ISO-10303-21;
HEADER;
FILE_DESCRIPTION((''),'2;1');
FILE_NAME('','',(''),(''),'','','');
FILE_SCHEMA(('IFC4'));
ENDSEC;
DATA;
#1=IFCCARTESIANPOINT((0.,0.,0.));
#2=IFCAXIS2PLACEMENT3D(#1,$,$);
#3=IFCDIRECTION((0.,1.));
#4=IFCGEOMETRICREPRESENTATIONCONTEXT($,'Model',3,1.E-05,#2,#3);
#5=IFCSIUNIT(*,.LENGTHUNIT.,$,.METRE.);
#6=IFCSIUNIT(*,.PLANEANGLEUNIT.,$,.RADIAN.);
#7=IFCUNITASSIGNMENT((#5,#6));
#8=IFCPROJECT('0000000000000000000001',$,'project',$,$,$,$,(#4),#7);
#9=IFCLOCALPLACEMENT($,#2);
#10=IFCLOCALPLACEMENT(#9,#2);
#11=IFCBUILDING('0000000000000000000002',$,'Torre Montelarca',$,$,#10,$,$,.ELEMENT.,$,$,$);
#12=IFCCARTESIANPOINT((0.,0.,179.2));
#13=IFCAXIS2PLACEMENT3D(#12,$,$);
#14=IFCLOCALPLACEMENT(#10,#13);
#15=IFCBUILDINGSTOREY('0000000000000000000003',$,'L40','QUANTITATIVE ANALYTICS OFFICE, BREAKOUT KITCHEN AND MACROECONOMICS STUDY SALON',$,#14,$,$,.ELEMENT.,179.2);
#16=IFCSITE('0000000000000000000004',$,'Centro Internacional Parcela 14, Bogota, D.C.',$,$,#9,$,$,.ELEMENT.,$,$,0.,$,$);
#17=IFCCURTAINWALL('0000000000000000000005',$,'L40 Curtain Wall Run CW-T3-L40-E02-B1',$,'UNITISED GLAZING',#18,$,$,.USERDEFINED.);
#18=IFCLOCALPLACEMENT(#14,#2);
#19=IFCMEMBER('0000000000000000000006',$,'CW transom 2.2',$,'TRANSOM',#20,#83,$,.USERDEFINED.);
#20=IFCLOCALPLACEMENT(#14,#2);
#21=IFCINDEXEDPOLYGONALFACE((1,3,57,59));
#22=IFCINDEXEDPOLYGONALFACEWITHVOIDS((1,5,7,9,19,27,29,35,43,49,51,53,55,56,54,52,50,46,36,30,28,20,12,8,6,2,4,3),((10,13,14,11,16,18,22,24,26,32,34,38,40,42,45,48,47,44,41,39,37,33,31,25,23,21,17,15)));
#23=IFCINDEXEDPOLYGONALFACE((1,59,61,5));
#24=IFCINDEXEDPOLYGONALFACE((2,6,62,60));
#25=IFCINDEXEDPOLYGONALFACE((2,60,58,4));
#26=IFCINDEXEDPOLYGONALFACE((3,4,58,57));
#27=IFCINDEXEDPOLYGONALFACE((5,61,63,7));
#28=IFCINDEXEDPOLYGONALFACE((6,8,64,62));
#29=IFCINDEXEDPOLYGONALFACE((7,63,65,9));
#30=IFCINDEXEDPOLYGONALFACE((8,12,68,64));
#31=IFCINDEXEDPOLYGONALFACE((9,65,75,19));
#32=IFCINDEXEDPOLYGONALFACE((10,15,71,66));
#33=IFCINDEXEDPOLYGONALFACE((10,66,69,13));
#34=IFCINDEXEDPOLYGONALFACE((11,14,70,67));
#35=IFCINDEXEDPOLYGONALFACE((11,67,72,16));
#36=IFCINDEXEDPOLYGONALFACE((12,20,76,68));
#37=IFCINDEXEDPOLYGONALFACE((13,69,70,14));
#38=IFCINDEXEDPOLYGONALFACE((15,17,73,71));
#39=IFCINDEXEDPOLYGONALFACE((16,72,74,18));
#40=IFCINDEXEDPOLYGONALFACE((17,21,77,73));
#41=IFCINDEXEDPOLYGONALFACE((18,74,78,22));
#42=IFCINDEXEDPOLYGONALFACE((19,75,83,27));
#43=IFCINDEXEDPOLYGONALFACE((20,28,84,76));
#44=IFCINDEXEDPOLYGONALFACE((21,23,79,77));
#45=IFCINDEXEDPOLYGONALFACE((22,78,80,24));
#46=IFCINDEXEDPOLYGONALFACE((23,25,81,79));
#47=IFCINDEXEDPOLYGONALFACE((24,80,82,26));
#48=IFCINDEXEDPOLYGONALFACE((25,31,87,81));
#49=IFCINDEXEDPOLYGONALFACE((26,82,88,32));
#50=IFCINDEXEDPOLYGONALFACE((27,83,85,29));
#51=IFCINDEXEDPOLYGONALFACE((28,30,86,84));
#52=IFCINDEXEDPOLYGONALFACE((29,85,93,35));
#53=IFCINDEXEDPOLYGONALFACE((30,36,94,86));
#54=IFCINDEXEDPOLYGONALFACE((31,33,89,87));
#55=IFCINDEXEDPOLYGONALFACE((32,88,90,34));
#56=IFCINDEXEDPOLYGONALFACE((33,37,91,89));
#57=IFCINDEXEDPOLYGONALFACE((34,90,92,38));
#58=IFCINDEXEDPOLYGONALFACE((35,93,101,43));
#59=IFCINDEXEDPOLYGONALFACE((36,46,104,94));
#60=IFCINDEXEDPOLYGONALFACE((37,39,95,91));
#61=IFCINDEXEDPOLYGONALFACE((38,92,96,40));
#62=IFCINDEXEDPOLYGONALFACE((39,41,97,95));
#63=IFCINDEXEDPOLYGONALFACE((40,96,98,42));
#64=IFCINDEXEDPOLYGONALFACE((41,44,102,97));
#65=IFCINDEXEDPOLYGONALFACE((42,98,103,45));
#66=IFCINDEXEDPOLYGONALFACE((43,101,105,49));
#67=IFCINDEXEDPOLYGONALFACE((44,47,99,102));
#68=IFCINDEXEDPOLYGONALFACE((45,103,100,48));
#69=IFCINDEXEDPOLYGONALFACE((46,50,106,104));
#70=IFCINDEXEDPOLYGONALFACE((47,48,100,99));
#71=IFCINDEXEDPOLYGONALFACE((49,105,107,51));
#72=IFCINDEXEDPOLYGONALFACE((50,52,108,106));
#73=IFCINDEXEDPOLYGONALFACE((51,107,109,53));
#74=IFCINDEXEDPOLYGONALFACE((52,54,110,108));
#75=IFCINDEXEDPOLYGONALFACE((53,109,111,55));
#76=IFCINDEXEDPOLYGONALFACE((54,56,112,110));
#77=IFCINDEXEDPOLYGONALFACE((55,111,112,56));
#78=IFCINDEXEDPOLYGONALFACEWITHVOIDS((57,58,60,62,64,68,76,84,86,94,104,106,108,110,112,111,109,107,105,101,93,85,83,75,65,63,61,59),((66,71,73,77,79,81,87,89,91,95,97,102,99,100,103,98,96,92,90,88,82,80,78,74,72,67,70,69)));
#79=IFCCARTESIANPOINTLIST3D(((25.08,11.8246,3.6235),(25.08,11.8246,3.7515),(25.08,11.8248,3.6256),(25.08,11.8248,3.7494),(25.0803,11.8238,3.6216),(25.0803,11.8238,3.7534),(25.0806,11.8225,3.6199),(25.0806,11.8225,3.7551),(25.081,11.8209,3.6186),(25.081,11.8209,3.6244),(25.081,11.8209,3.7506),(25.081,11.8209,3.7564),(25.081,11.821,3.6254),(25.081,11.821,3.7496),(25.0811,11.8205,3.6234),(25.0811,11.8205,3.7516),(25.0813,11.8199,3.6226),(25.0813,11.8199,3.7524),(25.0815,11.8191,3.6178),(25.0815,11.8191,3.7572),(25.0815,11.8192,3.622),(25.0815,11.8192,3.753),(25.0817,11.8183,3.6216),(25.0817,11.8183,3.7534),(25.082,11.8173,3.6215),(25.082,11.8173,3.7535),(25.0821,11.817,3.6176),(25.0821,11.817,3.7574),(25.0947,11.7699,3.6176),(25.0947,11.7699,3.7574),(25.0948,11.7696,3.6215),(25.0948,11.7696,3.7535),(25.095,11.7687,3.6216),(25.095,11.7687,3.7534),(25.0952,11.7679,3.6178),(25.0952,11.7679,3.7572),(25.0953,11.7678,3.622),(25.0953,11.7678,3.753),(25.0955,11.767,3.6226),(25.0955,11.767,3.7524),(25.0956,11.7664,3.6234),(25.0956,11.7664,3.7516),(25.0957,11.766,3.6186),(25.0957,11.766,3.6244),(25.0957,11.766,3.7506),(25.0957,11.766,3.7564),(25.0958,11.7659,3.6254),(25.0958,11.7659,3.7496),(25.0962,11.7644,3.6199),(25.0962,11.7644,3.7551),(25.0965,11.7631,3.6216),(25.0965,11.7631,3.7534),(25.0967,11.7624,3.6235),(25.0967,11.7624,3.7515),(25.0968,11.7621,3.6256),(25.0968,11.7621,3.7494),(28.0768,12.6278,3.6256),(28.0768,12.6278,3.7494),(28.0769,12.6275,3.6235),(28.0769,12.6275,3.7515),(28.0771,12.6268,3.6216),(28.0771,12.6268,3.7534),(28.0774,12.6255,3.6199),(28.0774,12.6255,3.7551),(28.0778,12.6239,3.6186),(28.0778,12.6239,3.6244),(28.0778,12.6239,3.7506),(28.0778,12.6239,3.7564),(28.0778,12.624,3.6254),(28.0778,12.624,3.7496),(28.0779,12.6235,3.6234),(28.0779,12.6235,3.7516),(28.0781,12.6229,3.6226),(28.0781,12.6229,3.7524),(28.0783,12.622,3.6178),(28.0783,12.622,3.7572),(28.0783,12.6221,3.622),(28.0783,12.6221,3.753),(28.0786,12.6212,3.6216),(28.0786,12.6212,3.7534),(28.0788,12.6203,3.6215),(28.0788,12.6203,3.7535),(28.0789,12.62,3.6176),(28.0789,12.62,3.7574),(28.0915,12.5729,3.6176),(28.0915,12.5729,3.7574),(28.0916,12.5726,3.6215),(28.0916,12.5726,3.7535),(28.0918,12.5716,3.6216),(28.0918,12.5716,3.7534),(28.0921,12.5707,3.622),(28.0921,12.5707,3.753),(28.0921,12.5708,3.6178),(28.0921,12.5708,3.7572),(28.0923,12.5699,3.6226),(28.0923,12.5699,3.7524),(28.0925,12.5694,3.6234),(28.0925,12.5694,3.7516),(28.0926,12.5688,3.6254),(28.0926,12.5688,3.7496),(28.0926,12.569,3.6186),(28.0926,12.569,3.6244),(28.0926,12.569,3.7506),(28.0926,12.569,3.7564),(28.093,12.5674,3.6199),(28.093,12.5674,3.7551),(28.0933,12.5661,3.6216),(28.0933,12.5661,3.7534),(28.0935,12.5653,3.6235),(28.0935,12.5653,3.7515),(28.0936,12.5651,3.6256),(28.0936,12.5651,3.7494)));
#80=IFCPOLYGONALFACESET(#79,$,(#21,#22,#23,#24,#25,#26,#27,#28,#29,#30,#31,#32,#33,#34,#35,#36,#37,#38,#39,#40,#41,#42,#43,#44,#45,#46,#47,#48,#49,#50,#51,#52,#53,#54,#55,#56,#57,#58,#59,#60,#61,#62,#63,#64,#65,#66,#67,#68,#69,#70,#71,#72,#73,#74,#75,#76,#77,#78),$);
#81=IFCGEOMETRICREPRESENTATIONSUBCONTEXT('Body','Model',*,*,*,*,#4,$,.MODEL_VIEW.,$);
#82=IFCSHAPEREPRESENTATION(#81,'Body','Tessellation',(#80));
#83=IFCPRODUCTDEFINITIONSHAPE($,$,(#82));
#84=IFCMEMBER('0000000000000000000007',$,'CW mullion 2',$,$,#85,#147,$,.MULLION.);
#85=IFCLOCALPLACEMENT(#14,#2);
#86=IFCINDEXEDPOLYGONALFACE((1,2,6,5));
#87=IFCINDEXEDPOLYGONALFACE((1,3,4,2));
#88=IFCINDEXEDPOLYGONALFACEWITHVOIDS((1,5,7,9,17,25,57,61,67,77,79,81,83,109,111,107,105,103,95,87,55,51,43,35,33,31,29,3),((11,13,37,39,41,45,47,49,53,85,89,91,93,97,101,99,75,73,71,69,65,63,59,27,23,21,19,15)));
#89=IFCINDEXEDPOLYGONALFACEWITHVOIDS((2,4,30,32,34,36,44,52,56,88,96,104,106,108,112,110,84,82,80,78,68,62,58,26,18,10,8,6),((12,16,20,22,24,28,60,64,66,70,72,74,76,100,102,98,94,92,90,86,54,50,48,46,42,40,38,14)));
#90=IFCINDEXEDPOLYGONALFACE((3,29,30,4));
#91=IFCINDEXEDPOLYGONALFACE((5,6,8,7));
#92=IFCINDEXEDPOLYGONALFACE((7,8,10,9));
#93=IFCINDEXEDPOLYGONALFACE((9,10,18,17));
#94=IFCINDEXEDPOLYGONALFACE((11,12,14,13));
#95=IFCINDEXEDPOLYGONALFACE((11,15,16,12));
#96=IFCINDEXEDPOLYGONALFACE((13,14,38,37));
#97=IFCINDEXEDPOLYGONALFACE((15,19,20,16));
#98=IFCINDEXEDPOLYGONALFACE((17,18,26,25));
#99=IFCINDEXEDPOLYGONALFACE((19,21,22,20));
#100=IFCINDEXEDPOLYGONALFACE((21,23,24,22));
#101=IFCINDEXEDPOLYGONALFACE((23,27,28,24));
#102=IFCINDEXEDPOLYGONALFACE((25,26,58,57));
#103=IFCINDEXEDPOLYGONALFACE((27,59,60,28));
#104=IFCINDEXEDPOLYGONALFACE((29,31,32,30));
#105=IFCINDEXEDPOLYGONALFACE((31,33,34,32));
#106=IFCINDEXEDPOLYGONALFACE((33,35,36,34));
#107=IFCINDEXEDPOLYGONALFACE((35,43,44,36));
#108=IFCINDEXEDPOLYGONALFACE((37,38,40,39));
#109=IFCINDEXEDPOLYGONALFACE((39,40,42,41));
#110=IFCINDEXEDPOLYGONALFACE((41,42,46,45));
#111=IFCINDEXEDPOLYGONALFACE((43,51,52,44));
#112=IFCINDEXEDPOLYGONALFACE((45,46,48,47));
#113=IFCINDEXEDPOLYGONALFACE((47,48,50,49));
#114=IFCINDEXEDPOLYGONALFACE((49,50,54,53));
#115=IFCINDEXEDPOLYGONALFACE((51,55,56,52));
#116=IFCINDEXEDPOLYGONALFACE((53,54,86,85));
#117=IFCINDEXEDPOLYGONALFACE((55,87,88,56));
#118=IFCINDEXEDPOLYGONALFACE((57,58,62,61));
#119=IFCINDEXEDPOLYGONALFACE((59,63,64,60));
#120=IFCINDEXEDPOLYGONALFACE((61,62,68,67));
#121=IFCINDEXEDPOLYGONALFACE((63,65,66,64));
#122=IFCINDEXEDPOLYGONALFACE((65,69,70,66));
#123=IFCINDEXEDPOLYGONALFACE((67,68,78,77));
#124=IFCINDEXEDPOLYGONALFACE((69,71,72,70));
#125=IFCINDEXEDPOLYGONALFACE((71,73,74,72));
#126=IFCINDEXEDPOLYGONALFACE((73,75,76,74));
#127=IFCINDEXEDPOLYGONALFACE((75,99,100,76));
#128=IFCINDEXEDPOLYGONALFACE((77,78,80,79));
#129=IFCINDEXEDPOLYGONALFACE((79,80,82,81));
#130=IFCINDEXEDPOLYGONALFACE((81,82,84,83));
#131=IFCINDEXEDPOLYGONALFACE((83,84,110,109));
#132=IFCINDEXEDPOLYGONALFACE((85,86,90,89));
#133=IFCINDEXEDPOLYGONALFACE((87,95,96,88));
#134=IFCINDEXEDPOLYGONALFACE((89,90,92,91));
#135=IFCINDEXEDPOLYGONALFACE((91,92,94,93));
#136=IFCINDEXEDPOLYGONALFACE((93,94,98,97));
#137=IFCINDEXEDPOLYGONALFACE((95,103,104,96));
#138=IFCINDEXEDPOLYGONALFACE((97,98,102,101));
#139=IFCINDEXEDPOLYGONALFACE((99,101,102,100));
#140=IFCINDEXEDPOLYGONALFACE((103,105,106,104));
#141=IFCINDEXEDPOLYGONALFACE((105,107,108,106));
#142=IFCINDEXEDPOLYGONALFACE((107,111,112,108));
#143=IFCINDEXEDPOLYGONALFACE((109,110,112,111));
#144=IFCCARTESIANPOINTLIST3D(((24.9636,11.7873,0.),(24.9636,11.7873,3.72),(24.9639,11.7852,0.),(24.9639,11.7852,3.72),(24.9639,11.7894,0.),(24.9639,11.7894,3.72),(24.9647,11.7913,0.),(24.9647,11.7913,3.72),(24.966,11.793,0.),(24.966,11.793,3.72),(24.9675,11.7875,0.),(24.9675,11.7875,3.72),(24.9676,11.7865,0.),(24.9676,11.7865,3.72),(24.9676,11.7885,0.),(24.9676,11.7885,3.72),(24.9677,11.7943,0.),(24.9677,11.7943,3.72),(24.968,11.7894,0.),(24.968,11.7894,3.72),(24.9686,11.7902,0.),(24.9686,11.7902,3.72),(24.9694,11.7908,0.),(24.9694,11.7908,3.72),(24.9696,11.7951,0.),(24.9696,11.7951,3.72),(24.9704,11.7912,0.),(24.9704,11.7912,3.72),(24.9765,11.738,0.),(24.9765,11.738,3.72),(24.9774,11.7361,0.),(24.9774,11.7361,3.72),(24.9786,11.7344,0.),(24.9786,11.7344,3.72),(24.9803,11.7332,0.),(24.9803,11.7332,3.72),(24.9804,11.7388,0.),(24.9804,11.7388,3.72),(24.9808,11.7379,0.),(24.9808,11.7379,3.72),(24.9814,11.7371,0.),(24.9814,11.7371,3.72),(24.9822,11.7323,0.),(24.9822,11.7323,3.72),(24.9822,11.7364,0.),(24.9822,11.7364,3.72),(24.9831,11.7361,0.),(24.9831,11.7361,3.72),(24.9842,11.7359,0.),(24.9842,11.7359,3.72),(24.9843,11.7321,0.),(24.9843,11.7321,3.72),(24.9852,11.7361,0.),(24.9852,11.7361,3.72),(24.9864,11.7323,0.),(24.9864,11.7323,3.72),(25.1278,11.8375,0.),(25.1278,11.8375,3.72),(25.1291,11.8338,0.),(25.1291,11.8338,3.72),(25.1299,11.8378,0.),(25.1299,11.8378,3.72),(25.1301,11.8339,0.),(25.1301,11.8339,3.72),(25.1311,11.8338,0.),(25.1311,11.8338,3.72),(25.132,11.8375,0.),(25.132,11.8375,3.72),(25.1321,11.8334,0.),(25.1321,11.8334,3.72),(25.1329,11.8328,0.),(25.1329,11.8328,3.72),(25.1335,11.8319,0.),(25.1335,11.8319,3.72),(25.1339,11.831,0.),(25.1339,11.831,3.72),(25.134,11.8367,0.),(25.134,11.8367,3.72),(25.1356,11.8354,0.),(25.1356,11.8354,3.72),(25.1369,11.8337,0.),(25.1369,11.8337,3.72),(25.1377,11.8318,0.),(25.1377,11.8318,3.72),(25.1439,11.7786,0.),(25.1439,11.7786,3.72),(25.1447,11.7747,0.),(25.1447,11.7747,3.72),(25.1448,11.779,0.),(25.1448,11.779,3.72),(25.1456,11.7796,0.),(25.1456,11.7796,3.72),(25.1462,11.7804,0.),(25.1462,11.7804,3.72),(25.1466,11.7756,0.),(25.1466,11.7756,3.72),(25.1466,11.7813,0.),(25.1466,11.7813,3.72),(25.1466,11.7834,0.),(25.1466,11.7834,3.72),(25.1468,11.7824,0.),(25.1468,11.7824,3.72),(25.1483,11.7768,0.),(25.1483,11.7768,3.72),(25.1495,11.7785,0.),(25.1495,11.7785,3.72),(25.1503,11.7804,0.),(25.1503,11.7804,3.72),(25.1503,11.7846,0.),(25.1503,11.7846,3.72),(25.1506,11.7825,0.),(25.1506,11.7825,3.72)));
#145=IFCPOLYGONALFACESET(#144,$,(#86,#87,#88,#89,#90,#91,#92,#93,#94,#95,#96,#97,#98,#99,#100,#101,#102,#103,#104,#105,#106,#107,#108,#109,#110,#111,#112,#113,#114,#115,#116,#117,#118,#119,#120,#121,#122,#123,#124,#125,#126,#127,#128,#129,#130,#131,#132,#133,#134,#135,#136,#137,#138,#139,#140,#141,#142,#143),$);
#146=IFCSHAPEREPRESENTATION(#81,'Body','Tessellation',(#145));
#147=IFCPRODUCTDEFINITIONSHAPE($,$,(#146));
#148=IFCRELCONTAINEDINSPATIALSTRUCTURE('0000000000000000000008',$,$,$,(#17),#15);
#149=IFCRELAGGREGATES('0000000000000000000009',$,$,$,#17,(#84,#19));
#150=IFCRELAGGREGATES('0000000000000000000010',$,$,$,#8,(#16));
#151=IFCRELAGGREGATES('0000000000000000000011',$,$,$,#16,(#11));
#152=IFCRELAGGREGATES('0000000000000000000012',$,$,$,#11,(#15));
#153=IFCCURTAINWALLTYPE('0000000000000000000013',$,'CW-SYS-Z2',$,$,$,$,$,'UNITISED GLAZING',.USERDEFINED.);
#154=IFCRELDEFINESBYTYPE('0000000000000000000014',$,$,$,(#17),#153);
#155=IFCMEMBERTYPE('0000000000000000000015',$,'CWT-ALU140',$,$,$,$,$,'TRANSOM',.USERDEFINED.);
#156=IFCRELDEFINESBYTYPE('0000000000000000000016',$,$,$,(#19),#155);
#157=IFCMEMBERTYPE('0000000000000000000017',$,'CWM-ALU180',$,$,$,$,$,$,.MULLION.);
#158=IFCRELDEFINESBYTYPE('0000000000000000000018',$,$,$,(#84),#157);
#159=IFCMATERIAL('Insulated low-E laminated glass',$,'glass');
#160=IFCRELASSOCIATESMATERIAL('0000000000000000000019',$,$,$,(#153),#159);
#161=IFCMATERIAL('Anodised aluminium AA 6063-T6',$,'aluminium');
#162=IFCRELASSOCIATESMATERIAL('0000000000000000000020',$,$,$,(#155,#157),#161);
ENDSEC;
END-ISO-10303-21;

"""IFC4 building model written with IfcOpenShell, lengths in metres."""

from ifc_helpers import new_model, si_unit, direction, frame, origin, origin_2d, place, context, subcontext, project, spatial, hollow_rectangle, extrude, source, transform, mapped, material, material_profile, profile_set, type_object, element, aggregate, save


model = new_model("IFC4")

# Units and contexts
model_context = context("Model", 3, precision=1e-05, world=origin(), true_north=direction((0.0, 1.0)))
body_context = subcontext(model_context, "Body", "Model", "MODEL_VIEW")
ifc_project = project(units=[si_unit("LENGTHUNIT", "METRE"), si_unit("PLANEANGLEUNIT", "RADIAN")], contexts=[model_context])

# Site, building, storey
site_placement = place(None, origin())
site = spatial("IfcSite", under=ifc_project, at=site_placement, Name="Centro Internacional Parcela 14, Bogota, D.C.", CompositionType="ELEMENT", RefElevation=0.0)
building_placement = place(site_placement, origin())
building = spatial("IfcBuilding", under=site, at=building_placement, Name="Torre Montelarca", CompositionType="ELEMENT")
storey_placement = place(building_placement, frame((0.0, 0.0, 179.2)))
storey = spatial("IfcBuildingStorey", under=building, at=storey_placement, Name="L40", Description="QUANTITATIVE ANALYTICS OFFICE, BREAKOUT KITCHEN AND MACROECONOMICS STUDY SALON", CompositionType="ELEMENT", Elevation=179.2)

# Curtain wall
ifc_material_1 = material(Name="Insulated low-E laminated glass", Category="glass")
curtain_wall_type = type_object("IfcCurtainWallType", Name="CW-SYS-Z2", ElementType="UNITISED GLAZING", PredefinedType="USERDEFINED", material=ifc_material_1)
curtain_wall_1_placement = place(storey_placement, origin())
curtain_wall_1 = element("IfcCurtainWall", 1, at=curtain_wall_1_placement, inside=storey, type_object=curtain_wall_type, Name="L40 Curtain Wall Run CW-T3-L40-E02-B1", ObjectType="UNITISED GLAZING", PredefinedType="USERDEFINED")
ifc_material_2 = material(Name="Anodised aluminium AA 6063-T6", Category="aluminium")
ifc_material_profile_1 = material_profile(ifc_material_2, hollow_rectangle(XDim=0.0649, YDim=0.1399, WallThickness=0.0039, InnerFilletRadius=0.0039, OuterFilletRadius=0.0081, at=origin_2d()), Name="ALU65X140X4", Category="aluminium")
ifc_profile_set_1 = profile_set([ifc_material_profile_1], Name="Anodised aluminium AA 6063-T6")
member_type_1 = type_object("IfcMemberType", Name="CWT-ALU140", ElementType="TRANSOM", PredefinedType="USERDEFINED", material=ifc_profile_set_1)

# Members
shared_shape_1 = source(origin(), body_context, "Body", "SweptSolid", [
    extrude(hollow_rectangle(XDim=0.0649, YDim=0.1399, WallThickness=0.0039, InnerFilletRadius=0.0039, OuterFilletRadius=0.0081, at=origin_2d()), origin(), (0.0, 0.0, 1.0), 3.1025),
])
member_1_placement = place(storey_placement, frame((25.0884, 11.7935, 3.6875), z_axis=(0.965927, 0.258813, 0.0), x_axis=(-0.258813, 0.965927, 0.0)))
member_1 = element("IfcMember", 2, at=member_1_placement, type_object=member_type_1, Name="CW transom 2.2", ObjectType="TRANSOM", PredefinedType="USERDEFINED", context=body_context, shape_type="MappedRepresentation", body=[
    mapped(shared_shape_1, transform((0.0, 0.0, 0.0), scale=1.0)),
])
ifc_material_profile_2 = material_profile(ifc_material_2, hollow_rectangle(XDim=0.0649, YDim=0.1799, WallThickness=0.0039, InnerFilletRadius=0.0039, OuterFilletRadius=0.0081, at=origin_2d()), Name="ALU65X180X4", Category="aluminium")
ifc_profile_set_2 = profile_set([ifc_material_profile_2], Name="Anodised aluminium AA 6063-T6")
member_type_2 = type_object("IfcMemberType", Name="CWM-ALU180", PredefinedType="MULLION", material=ifc_profile_set_2)
shared_shape_2 = source(origin(), body_context, "Body", "SweptSolid", [
    extrude(hollow_rectangle(XDim=0.0649, YDim=0.1799, WallThickness=0.0039, InnerFilletRadius=0.0039, OuterFilletRadius=0.0081, at=origin_2d()), origin(), (0.0, 0.0, 1.0), 3.72),
])
member_2_placement = place(storey_placement, frame((25.0571, 11.7849, 0.0), z_axis=(0.0, 0.0, 1.0), x_axis=(-0.258826, 0.965924, 0.0)))
member_2 = element("IfcMember", 3, at=member_2_placement, type_object=member_type_2, Name="CW mullion 2", PredefinedType="MULLION", context=body_context, shape_type="MappedRepresentation", body=[
    mapped(shared_shape_2, transform((0.0, 0.0, 0.0), scale=1.0)),
])

aggregate(curtain_wall_1, [member_2, member_1])

save(model, "model.ifc")
